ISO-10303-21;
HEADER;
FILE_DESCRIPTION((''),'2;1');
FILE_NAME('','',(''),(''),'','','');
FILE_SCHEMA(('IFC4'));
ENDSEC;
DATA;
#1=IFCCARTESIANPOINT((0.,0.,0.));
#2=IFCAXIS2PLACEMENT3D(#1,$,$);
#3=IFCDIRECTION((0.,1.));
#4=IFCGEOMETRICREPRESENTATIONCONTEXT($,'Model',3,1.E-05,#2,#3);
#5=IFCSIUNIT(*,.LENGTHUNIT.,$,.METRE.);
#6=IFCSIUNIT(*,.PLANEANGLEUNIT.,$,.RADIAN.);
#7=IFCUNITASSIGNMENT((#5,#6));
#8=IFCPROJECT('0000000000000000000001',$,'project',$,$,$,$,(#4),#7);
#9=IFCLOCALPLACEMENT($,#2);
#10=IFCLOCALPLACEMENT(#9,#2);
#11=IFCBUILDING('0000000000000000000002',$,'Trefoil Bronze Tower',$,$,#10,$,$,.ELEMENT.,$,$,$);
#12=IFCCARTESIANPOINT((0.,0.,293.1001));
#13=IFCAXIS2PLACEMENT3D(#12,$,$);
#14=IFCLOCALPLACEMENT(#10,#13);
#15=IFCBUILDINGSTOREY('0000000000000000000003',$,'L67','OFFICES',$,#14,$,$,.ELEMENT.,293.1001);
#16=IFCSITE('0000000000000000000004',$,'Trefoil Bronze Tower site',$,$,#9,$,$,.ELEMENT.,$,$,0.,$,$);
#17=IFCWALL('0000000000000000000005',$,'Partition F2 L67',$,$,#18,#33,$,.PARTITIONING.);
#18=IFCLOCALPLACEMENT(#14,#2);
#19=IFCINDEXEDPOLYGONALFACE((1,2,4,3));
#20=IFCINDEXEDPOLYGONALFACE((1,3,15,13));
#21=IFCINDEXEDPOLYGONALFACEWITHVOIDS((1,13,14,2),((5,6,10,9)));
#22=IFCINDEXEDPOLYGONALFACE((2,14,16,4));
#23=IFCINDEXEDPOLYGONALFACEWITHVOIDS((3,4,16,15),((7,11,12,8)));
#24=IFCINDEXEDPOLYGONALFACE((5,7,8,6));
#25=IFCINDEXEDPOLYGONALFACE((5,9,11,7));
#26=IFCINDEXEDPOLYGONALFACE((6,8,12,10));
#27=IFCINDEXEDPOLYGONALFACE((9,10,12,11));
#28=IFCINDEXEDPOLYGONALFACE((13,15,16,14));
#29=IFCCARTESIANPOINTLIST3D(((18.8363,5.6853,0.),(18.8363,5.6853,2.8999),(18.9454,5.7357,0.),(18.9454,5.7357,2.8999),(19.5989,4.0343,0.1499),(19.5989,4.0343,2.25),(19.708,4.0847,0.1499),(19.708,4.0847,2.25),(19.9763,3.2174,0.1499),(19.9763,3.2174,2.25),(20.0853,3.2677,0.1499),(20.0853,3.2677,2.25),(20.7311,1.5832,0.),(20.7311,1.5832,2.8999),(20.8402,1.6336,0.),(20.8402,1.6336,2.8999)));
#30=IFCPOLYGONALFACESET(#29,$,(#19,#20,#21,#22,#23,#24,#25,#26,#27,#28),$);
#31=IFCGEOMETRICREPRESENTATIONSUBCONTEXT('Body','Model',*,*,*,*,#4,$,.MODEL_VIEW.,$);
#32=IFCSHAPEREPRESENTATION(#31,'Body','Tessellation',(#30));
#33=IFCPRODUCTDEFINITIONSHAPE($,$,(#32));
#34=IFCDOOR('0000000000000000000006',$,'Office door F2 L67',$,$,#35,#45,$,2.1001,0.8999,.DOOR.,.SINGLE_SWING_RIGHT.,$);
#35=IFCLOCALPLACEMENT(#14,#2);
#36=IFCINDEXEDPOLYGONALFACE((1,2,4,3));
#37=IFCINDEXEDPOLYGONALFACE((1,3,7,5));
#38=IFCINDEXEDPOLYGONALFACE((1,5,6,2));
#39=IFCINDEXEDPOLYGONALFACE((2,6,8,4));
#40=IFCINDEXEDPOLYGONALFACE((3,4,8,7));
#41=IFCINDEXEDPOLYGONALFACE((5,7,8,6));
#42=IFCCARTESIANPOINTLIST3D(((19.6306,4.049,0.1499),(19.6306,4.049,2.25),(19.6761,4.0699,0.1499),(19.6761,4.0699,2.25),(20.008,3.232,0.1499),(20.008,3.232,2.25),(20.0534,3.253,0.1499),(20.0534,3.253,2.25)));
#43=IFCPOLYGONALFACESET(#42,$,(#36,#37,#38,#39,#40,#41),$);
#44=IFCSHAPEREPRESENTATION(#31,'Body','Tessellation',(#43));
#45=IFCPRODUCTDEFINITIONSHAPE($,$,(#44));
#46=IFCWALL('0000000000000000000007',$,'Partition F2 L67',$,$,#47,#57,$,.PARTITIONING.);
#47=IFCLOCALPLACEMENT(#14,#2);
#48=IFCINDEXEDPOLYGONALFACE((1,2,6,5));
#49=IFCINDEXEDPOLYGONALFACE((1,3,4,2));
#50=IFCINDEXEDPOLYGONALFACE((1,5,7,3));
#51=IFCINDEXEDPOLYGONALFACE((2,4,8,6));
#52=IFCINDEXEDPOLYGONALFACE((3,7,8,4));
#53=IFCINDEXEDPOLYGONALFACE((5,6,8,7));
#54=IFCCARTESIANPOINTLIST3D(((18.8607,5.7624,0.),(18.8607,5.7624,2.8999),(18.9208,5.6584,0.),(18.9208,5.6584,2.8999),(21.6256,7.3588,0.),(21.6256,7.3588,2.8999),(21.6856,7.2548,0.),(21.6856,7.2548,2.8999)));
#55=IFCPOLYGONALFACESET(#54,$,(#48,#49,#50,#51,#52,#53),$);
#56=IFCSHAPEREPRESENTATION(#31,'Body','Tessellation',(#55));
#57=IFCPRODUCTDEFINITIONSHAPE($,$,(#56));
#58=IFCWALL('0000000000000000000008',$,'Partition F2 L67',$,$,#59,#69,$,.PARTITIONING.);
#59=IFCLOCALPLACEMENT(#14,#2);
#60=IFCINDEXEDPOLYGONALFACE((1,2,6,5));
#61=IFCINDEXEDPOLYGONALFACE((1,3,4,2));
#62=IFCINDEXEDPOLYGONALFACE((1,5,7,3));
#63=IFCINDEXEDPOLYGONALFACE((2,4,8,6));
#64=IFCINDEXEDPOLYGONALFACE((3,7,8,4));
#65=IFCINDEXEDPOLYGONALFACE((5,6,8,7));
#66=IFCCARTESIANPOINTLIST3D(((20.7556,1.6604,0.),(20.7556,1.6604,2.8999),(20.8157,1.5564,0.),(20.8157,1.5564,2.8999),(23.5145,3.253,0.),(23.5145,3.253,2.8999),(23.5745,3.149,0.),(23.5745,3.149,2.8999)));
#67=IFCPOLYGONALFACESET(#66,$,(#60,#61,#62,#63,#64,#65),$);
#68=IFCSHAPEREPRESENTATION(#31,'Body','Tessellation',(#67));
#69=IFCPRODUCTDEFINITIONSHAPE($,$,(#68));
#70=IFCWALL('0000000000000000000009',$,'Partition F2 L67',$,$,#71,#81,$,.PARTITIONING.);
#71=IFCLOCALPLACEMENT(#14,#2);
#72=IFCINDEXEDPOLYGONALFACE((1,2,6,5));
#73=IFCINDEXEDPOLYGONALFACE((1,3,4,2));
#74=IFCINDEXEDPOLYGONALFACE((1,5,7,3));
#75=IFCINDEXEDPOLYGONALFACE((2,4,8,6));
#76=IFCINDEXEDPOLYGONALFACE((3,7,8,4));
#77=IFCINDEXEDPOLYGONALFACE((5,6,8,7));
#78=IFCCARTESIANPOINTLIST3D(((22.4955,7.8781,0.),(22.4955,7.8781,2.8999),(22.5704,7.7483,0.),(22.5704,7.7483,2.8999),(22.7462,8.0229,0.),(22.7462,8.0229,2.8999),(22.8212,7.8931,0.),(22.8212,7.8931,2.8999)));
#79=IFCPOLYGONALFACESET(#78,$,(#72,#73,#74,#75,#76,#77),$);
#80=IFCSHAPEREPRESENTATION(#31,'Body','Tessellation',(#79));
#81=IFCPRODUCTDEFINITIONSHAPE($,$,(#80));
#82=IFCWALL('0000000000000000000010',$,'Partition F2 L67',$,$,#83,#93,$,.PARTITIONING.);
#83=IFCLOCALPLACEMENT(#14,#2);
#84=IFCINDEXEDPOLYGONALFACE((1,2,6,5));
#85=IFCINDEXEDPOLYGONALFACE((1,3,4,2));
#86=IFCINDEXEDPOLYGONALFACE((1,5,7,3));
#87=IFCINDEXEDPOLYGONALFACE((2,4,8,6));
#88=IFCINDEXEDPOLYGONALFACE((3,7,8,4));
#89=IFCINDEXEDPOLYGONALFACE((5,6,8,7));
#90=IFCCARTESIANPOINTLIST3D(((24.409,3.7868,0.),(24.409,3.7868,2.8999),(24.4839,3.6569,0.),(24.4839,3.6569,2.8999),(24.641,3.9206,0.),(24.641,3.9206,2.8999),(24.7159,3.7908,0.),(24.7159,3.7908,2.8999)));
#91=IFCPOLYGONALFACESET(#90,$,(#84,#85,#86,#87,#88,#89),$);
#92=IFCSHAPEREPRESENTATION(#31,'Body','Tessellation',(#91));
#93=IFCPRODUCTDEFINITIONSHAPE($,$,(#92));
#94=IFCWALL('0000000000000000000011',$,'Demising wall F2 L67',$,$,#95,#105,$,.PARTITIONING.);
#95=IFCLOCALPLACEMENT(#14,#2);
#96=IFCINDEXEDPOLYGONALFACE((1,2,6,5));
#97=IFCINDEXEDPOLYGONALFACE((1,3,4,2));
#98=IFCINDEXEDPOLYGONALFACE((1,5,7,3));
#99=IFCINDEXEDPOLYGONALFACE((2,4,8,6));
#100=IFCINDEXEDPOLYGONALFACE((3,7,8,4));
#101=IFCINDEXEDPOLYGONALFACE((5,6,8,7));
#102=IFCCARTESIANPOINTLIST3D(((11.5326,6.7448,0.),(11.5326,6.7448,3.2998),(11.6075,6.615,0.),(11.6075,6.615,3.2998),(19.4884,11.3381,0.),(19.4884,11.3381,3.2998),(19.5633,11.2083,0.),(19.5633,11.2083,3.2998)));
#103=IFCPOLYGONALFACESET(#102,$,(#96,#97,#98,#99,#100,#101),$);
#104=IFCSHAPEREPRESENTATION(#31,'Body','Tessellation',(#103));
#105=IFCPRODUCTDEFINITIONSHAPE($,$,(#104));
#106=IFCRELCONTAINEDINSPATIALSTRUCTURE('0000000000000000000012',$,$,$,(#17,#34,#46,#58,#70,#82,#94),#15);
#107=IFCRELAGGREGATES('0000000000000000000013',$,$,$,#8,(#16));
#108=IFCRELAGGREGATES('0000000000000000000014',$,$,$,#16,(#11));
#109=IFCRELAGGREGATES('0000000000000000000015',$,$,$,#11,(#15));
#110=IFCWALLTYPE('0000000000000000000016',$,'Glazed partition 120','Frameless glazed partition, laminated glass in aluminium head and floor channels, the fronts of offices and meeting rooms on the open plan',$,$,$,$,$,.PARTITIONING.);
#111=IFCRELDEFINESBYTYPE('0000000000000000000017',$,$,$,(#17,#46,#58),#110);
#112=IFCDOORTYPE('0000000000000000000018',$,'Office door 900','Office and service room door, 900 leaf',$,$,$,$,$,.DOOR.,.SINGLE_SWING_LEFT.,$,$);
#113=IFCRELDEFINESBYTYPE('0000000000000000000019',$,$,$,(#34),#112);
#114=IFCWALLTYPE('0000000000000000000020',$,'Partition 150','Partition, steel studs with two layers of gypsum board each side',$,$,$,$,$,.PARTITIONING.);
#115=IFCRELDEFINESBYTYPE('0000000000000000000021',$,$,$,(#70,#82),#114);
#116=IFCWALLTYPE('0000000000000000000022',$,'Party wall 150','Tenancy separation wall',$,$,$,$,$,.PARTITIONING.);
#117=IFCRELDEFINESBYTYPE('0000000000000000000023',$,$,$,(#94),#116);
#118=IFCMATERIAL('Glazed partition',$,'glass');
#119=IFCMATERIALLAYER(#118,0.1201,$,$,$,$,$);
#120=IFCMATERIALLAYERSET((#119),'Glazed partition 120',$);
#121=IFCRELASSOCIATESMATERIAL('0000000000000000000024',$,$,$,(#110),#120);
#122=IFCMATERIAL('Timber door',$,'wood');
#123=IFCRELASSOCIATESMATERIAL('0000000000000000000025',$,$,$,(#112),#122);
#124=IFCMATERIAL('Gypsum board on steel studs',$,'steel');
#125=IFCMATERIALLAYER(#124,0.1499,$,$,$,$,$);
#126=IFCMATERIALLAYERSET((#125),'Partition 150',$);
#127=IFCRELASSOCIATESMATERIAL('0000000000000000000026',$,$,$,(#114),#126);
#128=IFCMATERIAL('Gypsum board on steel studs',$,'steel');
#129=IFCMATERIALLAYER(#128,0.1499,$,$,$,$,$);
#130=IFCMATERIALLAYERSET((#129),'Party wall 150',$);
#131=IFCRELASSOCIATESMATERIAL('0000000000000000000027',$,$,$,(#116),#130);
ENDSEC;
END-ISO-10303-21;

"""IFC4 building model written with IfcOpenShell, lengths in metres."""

from ifc_helpers import new_model, si_unit, direction, frame, frame_2d, origin, place, context, subcontext, project, spatial, rectangle, extrude, material, layer, layer_set, type_object, element, fill, save


model = new_model("IFC4")

# Units and contexts
model_context = context("Model", 3, precision=1e-05, world=origin(), true_north=direction((0.0, 1.0)))
body_context = subcontext(model_context, "Body", "Model", "MODEL_VIEW")
ifc_project = project(units=[si_unit("LENGTHUNIT", "METRE"), si_unit("PLANEANGLEUNIT", "RADIAN")], contexts=[model_context])

# Site, building, storey
site_placement = place(None, origin())
site = spatial("IfcSite", under=ifc_project, at=site_placement, Name="Trefoil Bronze Tower site", CompositionType="ELEMENT", RefElevation=0.0)
building_placement = place(site_placement, origin())
building = spatial("IfcBuilding", under=site, at=building_placement, Name="Trefoil Bronze Tower", CompositionType="ELEMENT")
storey_placement = place(building_placement, frame((0.0, 0.0, 293.1001)))
storey = spatial("IfcBuildingStorey", under=building, at=storey_placement, Name="L67", Description="OFFICES", CompositionType="ELEMENT", Elevation=293.1001)

# Wall, opening, door
ifc_material_1 = material(Name="Glazed partition", Category="glass")
ifc_layer_1 = layer(ifc_material_1, 0.1201)
ifc_layer_set_1 = layer_set([ifc_layer_1], Name="Glazed partition 120")
wall_type_1 = type_object("IfcWallType", Name="Glazed partition 120", Description="Frameless glazed partition, laminated glass in aluminium head and floor channels, the fronts of offices and meeting rooms on the open plan", PredefinedType="PARTITIONING", material=ifc_layer_set_1)
ifc_material_2 = material(Name="Timber door", Category="wood")
door_type_1 = type_object("IfcDoorType", Name="Office door 900", Description="Office and service room door, 900 leaf", OperationType="SINGLE_SWING_LEFT", PredefinedType="DOOR", material=ifc_material_2)
wall_1_placement = place(storey_placement, frame((20.7856, 1.6084, 0.0), z_axis=(0.0, 0.0, 1.0), x_axis=(-0.419336, 0.907831, 0.0)))
wall_1 = element("IfcWall", 1, at=wall_1_placement, inside=storey, type_object=wall_type_1, Name="Partition F2 L67", PredefinedType="PARTITIONING", context=body_context, shape_type="SweptSolid", body=[
    extrude(rectangle(XDim=4.5186, YDim=0.1201, at=frame_2d((2.2593, 0.0))), origin(), (0.0, 0.0, 1.0), 2.8999),
])
opening_1_placement = place(wall_1_placement, frame((1.8, 0.0, 0.1499)))
opening_1 = element("IfcOpeningElement", 2, at=opening_1_placement, cuts=wall_1, PredefinedType="OPENING", context=body_context, shape_type="SweptSolid", body=[
    extrude(rectangle(XDim=0.8999, YDim=2.1001, at=frame_2d((0.45, 1.05))), frame((0.0, 0.0701, 0.0), z_axis=(0.0, -1.0, 0.0), x_axis=(1.0, 0.0, 0.0)), (0.0, 0.0, 1.0), 0.1401),
])
door_1_placement = place(opening_1_placement, frame((0.8999, 0.0, 0.0), z_axis=(0.0, 0.0, 1.0), x_axis=(-1.0, 0.0, 0.0)))
door_1 = element("IfcDoor", 3, at=door_1_placement, inside=storey, type_object=door_type_1, Name="Office door F2 L67", OperationType="SINGLE_SWING_RIGHT", OverallHeight=2.1001, OverallWidth=0.8999, PredefinedType="DOOR", context=body_context, shape_type="SweptSolid", body=[
    extrude(rectangle(XDim=0.8999, YDim=2.1001, at=frame_2d((0.45, 1.05))), frame((0.0, 0.0249, 0.0), z_axis=(0.0, -1.0, 0.0), x_axis=(1.0, 0.0, 0.0)), (0.0, 0.0, 1.0), 0.05),
])
fill(opening_1, door_1)

# Walls
wall_2_placement = place(storey_placement, frame((18.8909, 5.7104, 0.0), z_axis=(0.0, 0.0, 1.0), x_axis=(0.866009, 0.500029, 0.0)))
element("IfcWall", 4, at=wall_2_placement, inside=storey, type_object=wall_type_1, Name="Partition F2 L67", PredefinedType="PARTITIONING", context=body_context, shape_type="SweptSolid", body=[
    extrude(rectangle(XDim=3.1926, YDim=0.1201, at=frame_2d((1.5962, 0.0))), origin(), (0.0, 0.0, 1.0), 2.8999),
])
wall_3_placement = place(storey_placement, frame((20.7856, 1.6084, 0.0), z_axis=(0.0, 0.0, 1.0), x_axis=(0.866061, 0.499939, 0.0)))
element("IfcWall", 5, at=wall_3_placement, inside=storey, type_object=wall_type_1, Name="Partition F2 L67", PredefinedType="PARTITIONING", context=body_context, shape_type="SweptSolid", body=[
    extrude(rectangle(XDim=3.1855, YDim=0.1201, at=frame_2d((1.5928, 0.0))), origin(), (0.0, 0.0, 1.0), 2.8999),
])
ifc_material_3 = material(Name="Gypsum board on steel studs", Category="steel")
ifc_layer_2 = layer(ifc_material_3, 0.1499)
ifc_layer_set_2 = layer_set([ifc_layer_2], Name="Partition 150")
wall_type_2 = type_object("IfcWallType", Name="Partition 150", Description="Partition, steel studs with two layers of gypsum board each side", PredefinedType="PARTITIONING", material=ifc_layer_set_2)
wall_4_placement = place(storey_placement, frame((22.533, 7.8132, 0.0), z_axis=(0.0, 0.0, 1.0), x_axis=(0.866003, 0.500039, 0.0)))
element("IfcWall", 6, at=wall_4_placement, inside=storey, type_object=wall_type_2, Name="Partition F2 L67", PredefinedType="PARTITIONING", context=body_context, shape_type="SweptSolid", body=[
    extrude(rectangle(XDim=0.2896, YDim=0.1499, at=frame_2d((0.1448, 0.0))), origin(), (0.0, 0.0, 1.0), 2.8999),
])
wall_5_placement = place(storey_placement, frame((24.4465, 3.7219, 0.0), z_axis=(0.0, 0.0, 1.0), x_axis=(0.866216, 0.49967, 0.0)))
element("IfcWall", 7, at=wall_5_placement, inside=storey, type_object=wall_type_2, Name="Partition F2 L67", PredefinedType="PARTITIONING", context=body_context, shape_type="SweptSolid", body=[
    extrude(rectangle(XDim=0.2678, YDim=0.1499, at=frame_2d((0.1338, 0.0))), origin(), (0.0, 0.0, 1.0), 2.8999),
])
ifc_material_4 = material(Name="Gypsum board on steel studs", Category="steel")
ifc_layer_3 = layer(ifc_material_4, 0.1499)
ifc_layer_set_3 = layer_set([ifc_layer_3], Name="Party wall 150")
wall_type_3 = type_object("IfcWallType", Name="Party wall 150", Description="Tenancy separation wall", PredefinedType="PARTITIONING", material=ifc_layer_set_3)
wall_6_placement = place(storey_placement, frame((11.5701, 6.6799, 0.0), z_axis=(0.0, 0.0, 1.0), x_axis=(0.866027, 0.499998, 0.0)))
element("IfcWall", 8, at=wall_6_placement, inside=storey, type_object=wall_type_3, Name="Demising wall F2 L67", PredefinedType="PARTITIONING", context=body_context, shape_type="SweptSolid", body=[
    extrude(rectangle(XDim=9.1865, YDim=0.1499, at=frame_2d((4.5933, 0.0))), origin(), (0.0, 0.0, 1.0), 3.2998),
])

save(model, "model.ifc")
